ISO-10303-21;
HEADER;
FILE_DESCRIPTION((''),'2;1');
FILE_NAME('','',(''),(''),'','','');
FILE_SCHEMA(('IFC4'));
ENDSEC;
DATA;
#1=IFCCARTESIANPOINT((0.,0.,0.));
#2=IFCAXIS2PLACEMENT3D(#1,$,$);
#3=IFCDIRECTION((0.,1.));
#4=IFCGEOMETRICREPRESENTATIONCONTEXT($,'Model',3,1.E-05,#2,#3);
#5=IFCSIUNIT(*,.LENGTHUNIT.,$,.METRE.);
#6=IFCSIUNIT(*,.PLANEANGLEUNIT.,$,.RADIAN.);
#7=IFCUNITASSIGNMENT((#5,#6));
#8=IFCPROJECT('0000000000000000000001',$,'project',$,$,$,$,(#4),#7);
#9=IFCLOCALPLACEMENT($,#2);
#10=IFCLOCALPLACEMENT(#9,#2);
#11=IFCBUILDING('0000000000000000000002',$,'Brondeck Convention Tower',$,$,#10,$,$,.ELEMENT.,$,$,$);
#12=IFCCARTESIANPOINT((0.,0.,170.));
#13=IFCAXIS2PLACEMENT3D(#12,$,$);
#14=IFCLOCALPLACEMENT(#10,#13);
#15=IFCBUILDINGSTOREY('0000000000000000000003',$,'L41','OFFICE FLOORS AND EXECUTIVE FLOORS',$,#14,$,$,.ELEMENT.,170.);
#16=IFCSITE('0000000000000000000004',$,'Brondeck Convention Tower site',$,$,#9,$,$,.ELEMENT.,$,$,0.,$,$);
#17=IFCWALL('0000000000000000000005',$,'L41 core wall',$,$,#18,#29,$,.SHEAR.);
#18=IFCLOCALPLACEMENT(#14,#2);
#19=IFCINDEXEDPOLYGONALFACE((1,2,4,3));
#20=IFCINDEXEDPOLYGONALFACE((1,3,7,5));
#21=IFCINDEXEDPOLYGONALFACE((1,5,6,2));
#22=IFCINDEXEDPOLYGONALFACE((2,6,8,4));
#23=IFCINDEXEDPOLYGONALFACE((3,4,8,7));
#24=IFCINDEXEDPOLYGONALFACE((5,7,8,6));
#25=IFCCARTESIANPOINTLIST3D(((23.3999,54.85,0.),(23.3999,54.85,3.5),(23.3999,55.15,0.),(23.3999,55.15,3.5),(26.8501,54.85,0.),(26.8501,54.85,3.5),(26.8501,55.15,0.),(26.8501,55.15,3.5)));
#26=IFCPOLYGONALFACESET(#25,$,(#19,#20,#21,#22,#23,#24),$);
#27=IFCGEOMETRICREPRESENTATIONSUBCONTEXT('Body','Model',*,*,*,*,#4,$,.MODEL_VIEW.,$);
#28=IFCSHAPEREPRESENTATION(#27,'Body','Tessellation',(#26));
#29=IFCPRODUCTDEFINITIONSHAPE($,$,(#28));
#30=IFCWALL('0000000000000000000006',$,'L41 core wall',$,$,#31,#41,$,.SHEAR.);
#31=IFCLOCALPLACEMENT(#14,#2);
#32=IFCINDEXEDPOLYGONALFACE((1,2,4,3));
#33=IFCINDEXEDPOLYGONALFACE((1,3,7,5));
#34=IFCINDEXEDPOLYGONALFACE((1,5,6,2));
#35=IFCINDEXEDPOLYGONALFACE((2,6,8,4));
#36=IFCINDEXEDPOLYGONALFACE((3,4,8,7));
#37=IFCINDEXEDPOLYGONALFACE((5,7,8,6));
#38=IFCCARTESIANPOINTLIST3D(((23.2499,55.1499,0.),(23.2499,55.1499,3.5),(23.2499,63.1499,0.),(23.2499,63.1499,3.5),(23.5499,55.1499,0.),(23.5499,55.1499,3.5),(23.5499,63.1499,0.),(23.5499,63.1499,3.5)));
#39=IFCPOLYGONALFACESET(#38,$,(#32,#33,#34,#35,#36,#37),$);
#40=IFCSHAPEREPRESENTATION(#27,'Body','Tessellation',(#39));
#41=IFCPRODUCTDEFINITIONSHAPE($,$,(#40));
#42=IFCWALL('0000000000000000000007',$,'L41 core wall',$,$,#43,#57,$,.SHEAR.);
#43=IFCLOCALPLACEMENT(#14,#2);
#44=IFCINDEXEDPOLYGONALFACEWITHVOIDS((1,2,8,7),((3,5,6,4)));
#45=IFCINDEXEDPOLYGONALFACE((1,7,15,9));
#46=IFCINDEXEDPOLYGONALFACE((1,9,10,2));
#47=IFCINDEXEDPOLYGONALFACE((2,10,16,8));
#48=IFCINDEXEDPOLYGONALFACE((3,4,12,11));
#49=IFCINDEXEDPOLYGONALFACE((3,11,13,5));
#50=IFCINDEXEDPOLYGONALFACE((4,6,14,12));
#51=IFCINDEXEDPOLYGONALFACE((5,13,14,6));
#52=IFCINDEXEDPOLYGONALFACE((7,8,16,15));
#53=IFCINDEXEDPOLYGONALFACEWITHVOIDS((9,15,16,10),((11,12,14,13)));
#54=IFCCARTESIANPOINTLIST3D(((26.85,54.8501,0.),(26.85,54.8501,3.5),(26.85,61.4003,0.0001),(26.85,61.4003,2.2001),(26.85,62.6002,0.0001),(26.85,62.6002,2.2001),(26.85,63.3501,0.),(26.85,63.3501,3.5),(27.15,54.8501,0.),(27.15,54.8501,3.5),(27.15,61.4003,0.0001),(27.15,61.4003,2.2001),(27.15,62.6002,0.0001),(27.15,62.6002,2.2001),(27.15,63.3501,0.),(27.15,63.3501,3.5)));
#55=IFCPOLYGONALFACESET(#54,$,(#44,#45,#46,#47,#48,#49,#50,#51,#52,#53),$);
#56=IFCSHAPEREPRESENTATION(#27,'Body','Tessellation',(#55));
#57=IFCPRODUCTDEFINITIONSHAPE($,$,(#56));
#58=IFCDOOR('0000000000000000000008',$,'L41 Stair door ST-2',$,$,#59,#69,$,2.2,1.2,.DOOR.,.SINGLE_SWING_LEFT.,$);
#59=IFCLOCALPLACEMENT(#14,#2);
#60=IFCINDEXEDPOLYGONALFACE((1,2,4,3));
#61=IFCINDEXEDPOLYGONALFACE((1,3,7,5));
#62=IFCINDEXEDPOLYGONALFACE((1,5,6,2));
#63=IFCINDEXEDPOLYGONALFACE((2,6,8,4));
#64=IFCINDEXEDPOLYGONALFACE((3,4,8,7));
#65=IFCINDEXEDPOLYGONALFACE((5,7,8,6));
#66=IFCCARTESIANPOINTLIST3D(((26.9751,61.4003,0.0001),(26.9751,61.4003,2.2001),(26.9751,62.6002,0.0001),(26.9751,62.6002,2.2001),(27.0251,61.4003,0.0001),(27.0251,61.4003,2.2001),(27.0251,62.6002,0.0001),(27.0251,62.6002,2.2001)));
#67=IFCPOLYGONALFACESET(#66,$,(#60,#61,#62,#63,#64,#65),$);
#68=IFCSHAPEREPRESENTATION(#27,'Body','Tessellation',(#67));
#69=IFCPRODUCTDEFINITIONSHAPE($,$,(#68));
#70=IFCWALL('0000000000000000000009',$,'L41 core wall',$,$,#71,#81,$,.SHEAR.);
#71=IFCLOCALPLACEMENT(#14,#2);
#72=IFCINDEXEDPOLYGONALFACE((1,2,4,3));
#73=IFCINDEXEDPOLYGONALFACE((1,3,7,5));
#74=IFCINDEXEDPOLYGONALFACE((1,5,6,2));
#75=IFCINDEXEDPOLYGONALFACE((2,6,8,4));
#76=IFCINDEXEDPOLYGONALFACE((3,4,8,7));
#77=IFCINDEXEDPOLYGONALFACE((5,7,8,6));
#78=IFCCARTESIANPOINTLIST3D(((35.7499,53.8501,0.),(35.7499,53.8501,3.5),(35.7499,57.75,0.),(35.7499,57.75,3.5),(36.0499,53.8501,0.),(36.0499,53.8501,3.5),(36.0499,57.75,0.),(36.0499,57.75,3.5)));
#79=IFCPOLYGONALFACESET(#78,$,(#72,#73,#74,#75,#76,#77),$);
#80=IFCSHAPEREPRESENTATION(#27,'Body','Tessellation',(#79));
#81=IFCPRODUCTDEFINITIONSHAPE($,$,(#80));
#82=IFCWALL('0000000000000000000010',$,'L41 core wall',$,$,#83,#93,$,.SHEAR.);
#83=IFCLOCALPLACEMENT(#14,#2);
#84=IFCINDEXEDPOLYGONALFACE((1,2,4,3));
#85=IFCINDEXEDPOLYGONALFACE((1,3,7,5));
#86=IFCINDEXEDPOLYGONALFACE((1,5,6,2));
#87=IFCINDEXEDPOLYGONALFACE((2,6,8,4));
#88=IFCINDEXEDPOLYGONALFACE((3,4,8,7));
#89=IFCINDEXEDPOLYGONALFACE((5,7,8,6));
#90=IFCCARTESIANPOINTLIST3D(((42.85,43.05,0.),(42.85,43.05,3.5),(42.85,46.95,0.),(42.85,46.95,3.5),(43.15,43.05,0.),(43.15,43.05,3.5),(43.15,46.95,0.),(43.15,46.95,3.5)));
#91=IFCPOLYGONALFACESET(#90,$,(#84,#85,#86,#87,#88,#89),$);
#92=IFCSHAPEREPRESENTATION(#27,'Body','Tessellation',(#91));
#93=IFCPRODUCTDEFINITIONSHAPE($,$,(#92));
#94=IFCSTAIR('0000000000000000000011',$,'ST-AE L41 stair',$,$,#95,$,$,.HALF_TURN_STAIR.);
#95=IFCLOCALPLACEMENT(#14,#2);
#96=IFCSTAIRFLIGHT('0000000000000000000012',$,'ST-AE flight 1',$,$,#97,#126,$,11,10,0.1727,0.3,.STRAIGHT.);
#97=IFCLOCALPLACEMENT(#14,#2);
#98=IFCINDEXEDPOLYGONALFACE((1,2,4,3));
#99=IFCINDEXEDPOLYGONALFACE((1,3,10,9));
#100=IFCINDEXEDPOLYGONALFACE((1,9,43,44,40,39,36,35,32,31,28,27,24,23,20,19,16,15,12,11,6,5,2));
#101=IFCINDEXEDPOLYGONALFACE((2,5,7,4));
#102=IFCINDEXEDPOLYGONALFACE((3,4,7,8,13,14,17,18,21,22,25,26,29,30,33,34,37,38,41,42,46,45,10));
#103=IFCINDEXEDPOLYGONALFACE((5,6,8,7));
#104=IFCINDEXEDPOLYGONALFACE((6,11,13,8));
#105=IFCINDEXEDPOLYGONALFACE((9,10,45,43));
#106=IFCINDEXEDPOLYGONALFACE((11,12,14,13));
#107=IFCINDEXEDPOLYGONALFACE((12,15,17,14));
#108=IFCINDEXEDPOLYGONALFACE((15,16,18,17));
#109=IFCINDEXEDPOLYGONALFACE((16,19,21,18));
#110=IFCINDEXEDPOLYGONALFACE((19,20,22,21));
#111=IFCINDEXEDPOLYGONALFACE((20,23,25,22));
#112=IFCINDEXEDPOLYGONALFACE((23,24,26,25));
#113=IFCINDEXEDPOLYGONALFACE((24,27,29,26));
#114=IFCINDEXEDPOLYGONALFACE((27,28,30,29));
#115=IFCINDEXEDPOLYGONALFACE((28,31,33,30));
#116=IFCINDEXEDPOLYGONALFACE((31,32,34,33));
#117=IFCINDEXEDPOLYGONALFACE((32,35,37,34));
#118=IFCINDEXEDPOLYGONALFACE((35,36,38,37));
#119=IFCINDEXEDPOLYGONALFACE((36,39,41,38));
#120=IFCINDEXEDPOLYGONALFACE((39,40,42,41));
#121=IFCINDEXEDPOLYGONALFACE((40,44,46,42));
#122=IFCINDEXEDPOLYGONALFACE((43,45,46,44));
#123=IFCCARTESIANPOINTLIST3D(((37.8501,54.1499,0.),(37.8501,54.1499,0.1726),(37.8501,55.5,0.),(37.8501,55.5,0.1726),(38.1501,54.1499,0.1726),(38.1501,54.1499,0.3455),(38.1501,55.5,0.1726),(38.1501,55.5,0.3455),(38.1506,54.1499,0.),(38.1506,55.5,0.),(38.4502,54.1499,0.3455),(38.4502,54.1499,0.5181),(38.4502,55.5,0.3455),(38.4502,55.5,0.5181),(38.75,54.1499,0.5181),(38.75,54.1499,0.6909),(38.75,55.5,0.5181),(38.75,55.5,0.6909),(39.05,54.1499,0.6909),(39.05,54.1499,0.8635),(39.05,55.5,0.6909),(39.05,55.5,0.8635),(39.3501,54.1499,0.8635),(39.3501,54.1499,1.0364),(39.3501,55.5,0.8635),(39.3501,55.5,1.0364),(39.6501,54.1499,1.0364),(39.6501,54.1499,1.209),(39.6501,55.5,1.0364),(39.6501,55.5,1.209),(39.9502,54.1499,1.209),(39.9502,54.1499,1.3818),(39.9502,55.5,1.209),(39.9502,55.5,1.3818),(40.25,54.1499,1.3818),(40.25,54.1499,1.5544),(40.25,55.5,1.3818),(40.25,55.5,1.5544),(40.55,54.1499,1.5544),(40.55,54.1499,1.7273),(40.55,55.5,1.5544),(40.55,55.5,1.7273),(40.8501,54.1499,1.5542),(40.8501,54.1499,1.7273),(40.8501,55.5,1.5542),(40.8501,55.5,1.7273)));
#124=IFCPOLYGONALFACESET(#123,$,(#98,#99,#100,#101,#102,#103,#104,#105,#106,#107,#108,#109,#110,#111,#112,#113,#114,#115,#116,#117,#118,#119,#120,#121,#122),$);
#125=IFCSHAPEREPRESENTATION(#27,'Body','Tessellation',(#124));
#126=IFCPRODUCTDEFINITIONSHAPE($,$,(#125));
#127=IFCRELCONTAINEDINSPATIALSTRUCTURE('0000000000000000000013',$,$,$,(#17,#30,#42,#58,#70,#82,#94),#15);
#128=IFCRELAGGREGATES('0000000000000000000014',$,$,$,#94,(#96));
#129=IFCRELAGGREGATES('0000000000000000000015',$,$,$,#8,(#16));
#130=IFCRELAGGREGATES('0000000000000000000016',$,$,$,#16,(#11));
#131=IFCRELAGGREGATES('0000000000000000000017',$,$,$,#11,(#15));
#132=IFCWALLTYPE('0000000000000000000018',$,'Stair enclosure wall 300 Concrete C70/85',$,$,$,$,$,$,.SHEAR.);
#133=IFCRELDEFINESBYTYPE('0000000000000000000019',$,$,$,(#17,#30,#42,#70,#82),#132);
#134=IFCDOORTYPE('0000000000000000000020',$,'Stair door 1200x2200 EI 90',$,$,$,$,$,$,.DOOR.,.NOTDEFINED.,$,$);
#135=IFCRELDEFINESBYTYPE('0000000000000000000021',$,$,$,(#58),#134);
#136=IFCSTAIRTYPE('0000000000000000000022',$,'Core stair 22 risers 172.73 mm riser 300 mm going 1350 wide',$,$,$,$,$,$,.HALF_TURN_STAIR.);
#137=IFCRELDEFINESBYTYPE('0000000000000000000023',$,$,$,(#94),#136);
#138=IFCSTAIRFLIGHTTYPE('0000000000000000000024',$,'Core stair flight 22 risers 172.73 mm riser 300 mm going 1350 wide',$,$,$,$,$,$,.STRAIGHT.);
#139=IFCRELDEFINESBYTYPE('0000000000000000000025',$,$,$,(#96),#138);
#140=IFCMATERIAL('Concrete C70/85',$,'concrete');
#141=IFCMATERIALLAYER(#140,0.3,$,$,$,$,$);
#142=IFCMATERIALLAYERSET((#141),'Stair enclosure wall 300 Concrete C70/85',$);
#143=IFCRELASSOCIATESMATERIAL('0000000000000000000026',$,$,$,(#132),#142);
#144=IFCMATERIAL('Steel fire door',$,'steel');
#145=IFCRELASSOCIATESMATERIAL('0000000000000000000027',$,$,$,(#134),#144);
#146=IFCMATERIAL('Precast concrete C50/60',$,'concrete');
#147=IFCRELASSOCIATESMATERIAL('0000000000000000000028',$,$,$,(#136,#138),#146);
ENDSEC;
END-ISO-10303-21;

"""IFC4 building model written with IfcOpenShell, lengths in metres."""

from ifc_helpers import new_model, si_unit, direction, frame, frame_2d, origin, place, context, subcontext, project, spatial, polyline, rectangle, outline, extrude, material, layer, layer_set, type_object, element, fill, aggregate, save


model = new_model("IFC4")

# Units and contexts
model_context = context("Model", 3, precision=1e-05, world=origin(), true_north=direction((0.0, 1.0)))
body_context = subcontext(model_context, "Body", "Model", "MODEL_VIEW")
ifc_project = project(units=[si_unit("LENGTHUNIT", "METRE"), si_unit("PLANEANGLEUNIT", "RADIAN")], contexts=[model_context])

# Site, building, storey
site_placement = place(None, origin())
site = spatial("IfcSite", under=ifc_project, at=site_placement, Name="Brondeck Convention Tower site", CompositionType="ELEMENT", RefElevation=0.0)
building_placement = place(site_placement, origin())
building = spatial("IfcBuilding", under=site, at=building_placement, Name="Brondeck Convention Tower", CompositionType="ELEMENT")
storey_placement = place(building_placement, frame((0.0, 0.0, 170.0)))
storey = spatial("IfcBuildingStorey", under=building, at=storey_placement, Name="L41", Description="OFFICE FLOORS AND EXECUTIVE FLOORS", CompositionType="ELEMENT", Elevation=170.0)

# Shared definitions
ifc_material_1 = material(Name="Concrete C70/85", Category="concrete")

# Shared definitions
ifc_layer_1 = layer(ifc_material_1, 0.3)
ifc_layer_set_1 = layer_set([ifc_layer_1], Name="Stair enclosure wall 300 Concrete C70/85")
wall_type_1 = type_object("IfcWallType", Name="Stair enclosure wall 300 Concrete C70/85", PredefinedType="SHEAR", material=ifc_layer_set_1)
ifc_material_2 = material(Name="Steel fire door", Category="steel")
door_type_1 = type_object("IfcDoorType", Name="Stair door 1200x2200 EI 90", OperationType="NOTDEFINED", PredefinedType="DOOR", material=ifc_material_2)

# Walls
wall_1_placement = place(storey_placement, frame((23.3999, 55.0, 0.0), z_axis=(0.0, 0.0, 1.0), x_axis=(1.0, 0.0, 0.0)))
element("IfcWall", 1, at=wall_1_placement, inside=storey, type_object=wall_type_1, Name="L41 core wall", PredefinedType="SHEAR", context=body_context, shape_type="SweptSolid", body=[
    extrude(rectangle(XDim=3.4502, YDim=0.3, at=frame_2d((1.7251, 0.0))), origin(), (0.0, 0.0, 1.0), 3.5),
])
wall_2_placement = place(storey_placement, frame((23.3999, 55.1499, 0.0), z_axis=(0.0, 0.0, 1.0), x_axis=(0.0, 1.0, 0.0)))
element("IfcWall", 2, at=wall_2_placement, inside=storey, type_object=wall_type_1, Name="L41 core wall", PredefinedType="SHEAR", context=body_context, shape_type="SweptSolid", body=[
    extrude(rectangle(XDim=8.0, YDim=0.3, at=frame_2d((4.0, 0.0))), origin(), (0.0, 0.0, 1.0), 3.5),
])

# Wall, opening, door
wall_3_placement = place(storey_placement, frame((27.0, 54.8501, 0.0), z_axis=(0.0, 0.0, 1.0), x_axis=(0.0, 1.0, 0.0)))
wall_3 = element("IfcWall", 3, at=wall_3_placement, inside=storey, type_object=wall_type_1, Name="L41 core wall", PredefinedType="SHEAR", context=body_context, shape_type="SweptSolid", body=[
    extrude(rectangle(XDim=8.5, YDim=0.3, at=frame_2d((4.25, 0.0))), origin(), (0.0, 0.0, 1.0), 3.5),
])
opening_1_placement = place(wall_3_placement, frame((6.55, 0.0, 0.0)))
opening_1 = element("IfcOpeningElement", 4, at=opening_1_placement, cuts=wall_3, PredefinedType="OPENING", context=body_context, shape_type="SweptSolid", body=[
    extrude(rectangle(XDim=1.2, YDim=2.2, at=frame_2d((0.6001, 1.1001))), frame((0.0, 0.1599, 0.0), z_axis=(0.0, -1.0, 0.0), x_axis=(1.0, 0.0, 0.0)), (0.0, 0.0, 1.0), 0.3201),
])
door_1_placement = place(opening_1_placement, origin())
door_1 = element("IfcDoor", 5, at=door_1_placement, inside=storey, type_object=door_type_1, Name="L41 Stair door ST-2", OperationType="SINGLE_SWING_LEFT", OverallHeight=2.2, OverallWidth=1.2, PredefinedType="DOOR", context=body_context, shape_type="SweptSolid", body=[
    extrude(rectangle(XDim=1.2, YDim=2.2, at=frame_2d((0.6001, 1.1001))), frame((0.0, 0.0249, 0.0), z_axis=(0.0, -1.0, 0.0), x_axis=(1.0, 0.0, 0.0)), (0.0, 0.0, 1.0), 0.05),
])
fill(opening_1, door_1)

# Walls
for number, where, z_axis, x_axis, name in (
    (6, (35.8999, 53.8501, 0.0), (0.0, 0.0, 1.0), (0.0, 1.0, 0.0), "L41 core wall"),
    (7, (43.0, 43.05, 0.0), (0.0, 0.0, 1.0), (0.0, 1.0, 0.0), "L41 core wall"),
):
    element("IfcWall", number, at=place(storey_placement, frame(where, z_axis=z_axis, x_axis=x_axis)), inside=storey, type_object=wall_type_1, Name=name, PredefinedType="SHEAR", context=body_context, shape_type="SweptSolid", body=[
        extrude(rectangle(XDim=3.8999, YDim=0.3, at=frame_2d((1.95, 0.0))), origin(), (0.0, 0.0, 1.0), 3.5),
    ])

# Stair, stair flight
ifc_material_3 = material(Name="Precast concrete C50/60", Category="concrete")
stair_type = type_object("IfcStairType", Name="Core stair 22 risers 172.73 mm riser 300 mm going 1350 wide", PredefinedType="HALF_TURN_STAIR", material=ifc_material_3)
stair_placement = place(storey_placement, origin())
stair = element("IfcStair", 8, at=stair_placement, inside=storey, type_object=stair_type, Name="ST-AE L41 stair", PredefinedType="HALF_TURN_STAIR")
stair_flight_type = type_object("IfcStairFlightType", Name="Core stair flight 22 risers 172.73 mm riser 300 mm going 1350 wide", PredefinedType="STRAIGHT", material=ifc_material_3)
stair_flight_placement = place(storey_placement, frame((37.8501, 54.825, 0.0), z_axis=(0.0, 0.0, 1.0), x_axis=(1.0, 0.0, 0.0)))
stair_flight = element("IfcStairFlight", 9, at=stair_flight_placement, type_object=stair_flight_type, Name="ST-AE flight 1", NumberOfRisers=11, NumberOfTreads=10, PredefinedType="STRAIGHT", RiserHeight=0.1727, TreadLength=0.3, context=body_context, shape_type="SweptSolid", body=[
    extrude(outline(polyline([(0.0, 0.0), (0.0, 0.1726), (0.3, 0.1726), (0.3, 0.3455), (0.6001, 0.3455), (0.6001, 0.5181), (0.8999, 0.5181), (0.8999, 0.6909), (1.2, 0.6909), (1.2, 0.8635), (1.5, 0.8635), (1.5, 1.0364), (1.8, 1.0364), (1.8, 1.209), (2.1001, 1.209), (2.1001, 1.3818), (2.3999, 1.3818), (2.3999, 1.5544), (2.7, 1.5544), (2.7, 1.7273), (3.0, 1.7273), (3.0, 1.8999), (3.0, 1.5542), (0.3005, 0.0), (0.0, 0.0)])), frame((0.0, 0.675, 0.0), z_axis=(0.0, -1.0, 0.0), x_axis=(1.0, 0.0, 0.0)), (0.0, 0.0, 1.0), 1.3501),
])
aggregate(stair, [stair_flight])

save(model, "model.ifc")
